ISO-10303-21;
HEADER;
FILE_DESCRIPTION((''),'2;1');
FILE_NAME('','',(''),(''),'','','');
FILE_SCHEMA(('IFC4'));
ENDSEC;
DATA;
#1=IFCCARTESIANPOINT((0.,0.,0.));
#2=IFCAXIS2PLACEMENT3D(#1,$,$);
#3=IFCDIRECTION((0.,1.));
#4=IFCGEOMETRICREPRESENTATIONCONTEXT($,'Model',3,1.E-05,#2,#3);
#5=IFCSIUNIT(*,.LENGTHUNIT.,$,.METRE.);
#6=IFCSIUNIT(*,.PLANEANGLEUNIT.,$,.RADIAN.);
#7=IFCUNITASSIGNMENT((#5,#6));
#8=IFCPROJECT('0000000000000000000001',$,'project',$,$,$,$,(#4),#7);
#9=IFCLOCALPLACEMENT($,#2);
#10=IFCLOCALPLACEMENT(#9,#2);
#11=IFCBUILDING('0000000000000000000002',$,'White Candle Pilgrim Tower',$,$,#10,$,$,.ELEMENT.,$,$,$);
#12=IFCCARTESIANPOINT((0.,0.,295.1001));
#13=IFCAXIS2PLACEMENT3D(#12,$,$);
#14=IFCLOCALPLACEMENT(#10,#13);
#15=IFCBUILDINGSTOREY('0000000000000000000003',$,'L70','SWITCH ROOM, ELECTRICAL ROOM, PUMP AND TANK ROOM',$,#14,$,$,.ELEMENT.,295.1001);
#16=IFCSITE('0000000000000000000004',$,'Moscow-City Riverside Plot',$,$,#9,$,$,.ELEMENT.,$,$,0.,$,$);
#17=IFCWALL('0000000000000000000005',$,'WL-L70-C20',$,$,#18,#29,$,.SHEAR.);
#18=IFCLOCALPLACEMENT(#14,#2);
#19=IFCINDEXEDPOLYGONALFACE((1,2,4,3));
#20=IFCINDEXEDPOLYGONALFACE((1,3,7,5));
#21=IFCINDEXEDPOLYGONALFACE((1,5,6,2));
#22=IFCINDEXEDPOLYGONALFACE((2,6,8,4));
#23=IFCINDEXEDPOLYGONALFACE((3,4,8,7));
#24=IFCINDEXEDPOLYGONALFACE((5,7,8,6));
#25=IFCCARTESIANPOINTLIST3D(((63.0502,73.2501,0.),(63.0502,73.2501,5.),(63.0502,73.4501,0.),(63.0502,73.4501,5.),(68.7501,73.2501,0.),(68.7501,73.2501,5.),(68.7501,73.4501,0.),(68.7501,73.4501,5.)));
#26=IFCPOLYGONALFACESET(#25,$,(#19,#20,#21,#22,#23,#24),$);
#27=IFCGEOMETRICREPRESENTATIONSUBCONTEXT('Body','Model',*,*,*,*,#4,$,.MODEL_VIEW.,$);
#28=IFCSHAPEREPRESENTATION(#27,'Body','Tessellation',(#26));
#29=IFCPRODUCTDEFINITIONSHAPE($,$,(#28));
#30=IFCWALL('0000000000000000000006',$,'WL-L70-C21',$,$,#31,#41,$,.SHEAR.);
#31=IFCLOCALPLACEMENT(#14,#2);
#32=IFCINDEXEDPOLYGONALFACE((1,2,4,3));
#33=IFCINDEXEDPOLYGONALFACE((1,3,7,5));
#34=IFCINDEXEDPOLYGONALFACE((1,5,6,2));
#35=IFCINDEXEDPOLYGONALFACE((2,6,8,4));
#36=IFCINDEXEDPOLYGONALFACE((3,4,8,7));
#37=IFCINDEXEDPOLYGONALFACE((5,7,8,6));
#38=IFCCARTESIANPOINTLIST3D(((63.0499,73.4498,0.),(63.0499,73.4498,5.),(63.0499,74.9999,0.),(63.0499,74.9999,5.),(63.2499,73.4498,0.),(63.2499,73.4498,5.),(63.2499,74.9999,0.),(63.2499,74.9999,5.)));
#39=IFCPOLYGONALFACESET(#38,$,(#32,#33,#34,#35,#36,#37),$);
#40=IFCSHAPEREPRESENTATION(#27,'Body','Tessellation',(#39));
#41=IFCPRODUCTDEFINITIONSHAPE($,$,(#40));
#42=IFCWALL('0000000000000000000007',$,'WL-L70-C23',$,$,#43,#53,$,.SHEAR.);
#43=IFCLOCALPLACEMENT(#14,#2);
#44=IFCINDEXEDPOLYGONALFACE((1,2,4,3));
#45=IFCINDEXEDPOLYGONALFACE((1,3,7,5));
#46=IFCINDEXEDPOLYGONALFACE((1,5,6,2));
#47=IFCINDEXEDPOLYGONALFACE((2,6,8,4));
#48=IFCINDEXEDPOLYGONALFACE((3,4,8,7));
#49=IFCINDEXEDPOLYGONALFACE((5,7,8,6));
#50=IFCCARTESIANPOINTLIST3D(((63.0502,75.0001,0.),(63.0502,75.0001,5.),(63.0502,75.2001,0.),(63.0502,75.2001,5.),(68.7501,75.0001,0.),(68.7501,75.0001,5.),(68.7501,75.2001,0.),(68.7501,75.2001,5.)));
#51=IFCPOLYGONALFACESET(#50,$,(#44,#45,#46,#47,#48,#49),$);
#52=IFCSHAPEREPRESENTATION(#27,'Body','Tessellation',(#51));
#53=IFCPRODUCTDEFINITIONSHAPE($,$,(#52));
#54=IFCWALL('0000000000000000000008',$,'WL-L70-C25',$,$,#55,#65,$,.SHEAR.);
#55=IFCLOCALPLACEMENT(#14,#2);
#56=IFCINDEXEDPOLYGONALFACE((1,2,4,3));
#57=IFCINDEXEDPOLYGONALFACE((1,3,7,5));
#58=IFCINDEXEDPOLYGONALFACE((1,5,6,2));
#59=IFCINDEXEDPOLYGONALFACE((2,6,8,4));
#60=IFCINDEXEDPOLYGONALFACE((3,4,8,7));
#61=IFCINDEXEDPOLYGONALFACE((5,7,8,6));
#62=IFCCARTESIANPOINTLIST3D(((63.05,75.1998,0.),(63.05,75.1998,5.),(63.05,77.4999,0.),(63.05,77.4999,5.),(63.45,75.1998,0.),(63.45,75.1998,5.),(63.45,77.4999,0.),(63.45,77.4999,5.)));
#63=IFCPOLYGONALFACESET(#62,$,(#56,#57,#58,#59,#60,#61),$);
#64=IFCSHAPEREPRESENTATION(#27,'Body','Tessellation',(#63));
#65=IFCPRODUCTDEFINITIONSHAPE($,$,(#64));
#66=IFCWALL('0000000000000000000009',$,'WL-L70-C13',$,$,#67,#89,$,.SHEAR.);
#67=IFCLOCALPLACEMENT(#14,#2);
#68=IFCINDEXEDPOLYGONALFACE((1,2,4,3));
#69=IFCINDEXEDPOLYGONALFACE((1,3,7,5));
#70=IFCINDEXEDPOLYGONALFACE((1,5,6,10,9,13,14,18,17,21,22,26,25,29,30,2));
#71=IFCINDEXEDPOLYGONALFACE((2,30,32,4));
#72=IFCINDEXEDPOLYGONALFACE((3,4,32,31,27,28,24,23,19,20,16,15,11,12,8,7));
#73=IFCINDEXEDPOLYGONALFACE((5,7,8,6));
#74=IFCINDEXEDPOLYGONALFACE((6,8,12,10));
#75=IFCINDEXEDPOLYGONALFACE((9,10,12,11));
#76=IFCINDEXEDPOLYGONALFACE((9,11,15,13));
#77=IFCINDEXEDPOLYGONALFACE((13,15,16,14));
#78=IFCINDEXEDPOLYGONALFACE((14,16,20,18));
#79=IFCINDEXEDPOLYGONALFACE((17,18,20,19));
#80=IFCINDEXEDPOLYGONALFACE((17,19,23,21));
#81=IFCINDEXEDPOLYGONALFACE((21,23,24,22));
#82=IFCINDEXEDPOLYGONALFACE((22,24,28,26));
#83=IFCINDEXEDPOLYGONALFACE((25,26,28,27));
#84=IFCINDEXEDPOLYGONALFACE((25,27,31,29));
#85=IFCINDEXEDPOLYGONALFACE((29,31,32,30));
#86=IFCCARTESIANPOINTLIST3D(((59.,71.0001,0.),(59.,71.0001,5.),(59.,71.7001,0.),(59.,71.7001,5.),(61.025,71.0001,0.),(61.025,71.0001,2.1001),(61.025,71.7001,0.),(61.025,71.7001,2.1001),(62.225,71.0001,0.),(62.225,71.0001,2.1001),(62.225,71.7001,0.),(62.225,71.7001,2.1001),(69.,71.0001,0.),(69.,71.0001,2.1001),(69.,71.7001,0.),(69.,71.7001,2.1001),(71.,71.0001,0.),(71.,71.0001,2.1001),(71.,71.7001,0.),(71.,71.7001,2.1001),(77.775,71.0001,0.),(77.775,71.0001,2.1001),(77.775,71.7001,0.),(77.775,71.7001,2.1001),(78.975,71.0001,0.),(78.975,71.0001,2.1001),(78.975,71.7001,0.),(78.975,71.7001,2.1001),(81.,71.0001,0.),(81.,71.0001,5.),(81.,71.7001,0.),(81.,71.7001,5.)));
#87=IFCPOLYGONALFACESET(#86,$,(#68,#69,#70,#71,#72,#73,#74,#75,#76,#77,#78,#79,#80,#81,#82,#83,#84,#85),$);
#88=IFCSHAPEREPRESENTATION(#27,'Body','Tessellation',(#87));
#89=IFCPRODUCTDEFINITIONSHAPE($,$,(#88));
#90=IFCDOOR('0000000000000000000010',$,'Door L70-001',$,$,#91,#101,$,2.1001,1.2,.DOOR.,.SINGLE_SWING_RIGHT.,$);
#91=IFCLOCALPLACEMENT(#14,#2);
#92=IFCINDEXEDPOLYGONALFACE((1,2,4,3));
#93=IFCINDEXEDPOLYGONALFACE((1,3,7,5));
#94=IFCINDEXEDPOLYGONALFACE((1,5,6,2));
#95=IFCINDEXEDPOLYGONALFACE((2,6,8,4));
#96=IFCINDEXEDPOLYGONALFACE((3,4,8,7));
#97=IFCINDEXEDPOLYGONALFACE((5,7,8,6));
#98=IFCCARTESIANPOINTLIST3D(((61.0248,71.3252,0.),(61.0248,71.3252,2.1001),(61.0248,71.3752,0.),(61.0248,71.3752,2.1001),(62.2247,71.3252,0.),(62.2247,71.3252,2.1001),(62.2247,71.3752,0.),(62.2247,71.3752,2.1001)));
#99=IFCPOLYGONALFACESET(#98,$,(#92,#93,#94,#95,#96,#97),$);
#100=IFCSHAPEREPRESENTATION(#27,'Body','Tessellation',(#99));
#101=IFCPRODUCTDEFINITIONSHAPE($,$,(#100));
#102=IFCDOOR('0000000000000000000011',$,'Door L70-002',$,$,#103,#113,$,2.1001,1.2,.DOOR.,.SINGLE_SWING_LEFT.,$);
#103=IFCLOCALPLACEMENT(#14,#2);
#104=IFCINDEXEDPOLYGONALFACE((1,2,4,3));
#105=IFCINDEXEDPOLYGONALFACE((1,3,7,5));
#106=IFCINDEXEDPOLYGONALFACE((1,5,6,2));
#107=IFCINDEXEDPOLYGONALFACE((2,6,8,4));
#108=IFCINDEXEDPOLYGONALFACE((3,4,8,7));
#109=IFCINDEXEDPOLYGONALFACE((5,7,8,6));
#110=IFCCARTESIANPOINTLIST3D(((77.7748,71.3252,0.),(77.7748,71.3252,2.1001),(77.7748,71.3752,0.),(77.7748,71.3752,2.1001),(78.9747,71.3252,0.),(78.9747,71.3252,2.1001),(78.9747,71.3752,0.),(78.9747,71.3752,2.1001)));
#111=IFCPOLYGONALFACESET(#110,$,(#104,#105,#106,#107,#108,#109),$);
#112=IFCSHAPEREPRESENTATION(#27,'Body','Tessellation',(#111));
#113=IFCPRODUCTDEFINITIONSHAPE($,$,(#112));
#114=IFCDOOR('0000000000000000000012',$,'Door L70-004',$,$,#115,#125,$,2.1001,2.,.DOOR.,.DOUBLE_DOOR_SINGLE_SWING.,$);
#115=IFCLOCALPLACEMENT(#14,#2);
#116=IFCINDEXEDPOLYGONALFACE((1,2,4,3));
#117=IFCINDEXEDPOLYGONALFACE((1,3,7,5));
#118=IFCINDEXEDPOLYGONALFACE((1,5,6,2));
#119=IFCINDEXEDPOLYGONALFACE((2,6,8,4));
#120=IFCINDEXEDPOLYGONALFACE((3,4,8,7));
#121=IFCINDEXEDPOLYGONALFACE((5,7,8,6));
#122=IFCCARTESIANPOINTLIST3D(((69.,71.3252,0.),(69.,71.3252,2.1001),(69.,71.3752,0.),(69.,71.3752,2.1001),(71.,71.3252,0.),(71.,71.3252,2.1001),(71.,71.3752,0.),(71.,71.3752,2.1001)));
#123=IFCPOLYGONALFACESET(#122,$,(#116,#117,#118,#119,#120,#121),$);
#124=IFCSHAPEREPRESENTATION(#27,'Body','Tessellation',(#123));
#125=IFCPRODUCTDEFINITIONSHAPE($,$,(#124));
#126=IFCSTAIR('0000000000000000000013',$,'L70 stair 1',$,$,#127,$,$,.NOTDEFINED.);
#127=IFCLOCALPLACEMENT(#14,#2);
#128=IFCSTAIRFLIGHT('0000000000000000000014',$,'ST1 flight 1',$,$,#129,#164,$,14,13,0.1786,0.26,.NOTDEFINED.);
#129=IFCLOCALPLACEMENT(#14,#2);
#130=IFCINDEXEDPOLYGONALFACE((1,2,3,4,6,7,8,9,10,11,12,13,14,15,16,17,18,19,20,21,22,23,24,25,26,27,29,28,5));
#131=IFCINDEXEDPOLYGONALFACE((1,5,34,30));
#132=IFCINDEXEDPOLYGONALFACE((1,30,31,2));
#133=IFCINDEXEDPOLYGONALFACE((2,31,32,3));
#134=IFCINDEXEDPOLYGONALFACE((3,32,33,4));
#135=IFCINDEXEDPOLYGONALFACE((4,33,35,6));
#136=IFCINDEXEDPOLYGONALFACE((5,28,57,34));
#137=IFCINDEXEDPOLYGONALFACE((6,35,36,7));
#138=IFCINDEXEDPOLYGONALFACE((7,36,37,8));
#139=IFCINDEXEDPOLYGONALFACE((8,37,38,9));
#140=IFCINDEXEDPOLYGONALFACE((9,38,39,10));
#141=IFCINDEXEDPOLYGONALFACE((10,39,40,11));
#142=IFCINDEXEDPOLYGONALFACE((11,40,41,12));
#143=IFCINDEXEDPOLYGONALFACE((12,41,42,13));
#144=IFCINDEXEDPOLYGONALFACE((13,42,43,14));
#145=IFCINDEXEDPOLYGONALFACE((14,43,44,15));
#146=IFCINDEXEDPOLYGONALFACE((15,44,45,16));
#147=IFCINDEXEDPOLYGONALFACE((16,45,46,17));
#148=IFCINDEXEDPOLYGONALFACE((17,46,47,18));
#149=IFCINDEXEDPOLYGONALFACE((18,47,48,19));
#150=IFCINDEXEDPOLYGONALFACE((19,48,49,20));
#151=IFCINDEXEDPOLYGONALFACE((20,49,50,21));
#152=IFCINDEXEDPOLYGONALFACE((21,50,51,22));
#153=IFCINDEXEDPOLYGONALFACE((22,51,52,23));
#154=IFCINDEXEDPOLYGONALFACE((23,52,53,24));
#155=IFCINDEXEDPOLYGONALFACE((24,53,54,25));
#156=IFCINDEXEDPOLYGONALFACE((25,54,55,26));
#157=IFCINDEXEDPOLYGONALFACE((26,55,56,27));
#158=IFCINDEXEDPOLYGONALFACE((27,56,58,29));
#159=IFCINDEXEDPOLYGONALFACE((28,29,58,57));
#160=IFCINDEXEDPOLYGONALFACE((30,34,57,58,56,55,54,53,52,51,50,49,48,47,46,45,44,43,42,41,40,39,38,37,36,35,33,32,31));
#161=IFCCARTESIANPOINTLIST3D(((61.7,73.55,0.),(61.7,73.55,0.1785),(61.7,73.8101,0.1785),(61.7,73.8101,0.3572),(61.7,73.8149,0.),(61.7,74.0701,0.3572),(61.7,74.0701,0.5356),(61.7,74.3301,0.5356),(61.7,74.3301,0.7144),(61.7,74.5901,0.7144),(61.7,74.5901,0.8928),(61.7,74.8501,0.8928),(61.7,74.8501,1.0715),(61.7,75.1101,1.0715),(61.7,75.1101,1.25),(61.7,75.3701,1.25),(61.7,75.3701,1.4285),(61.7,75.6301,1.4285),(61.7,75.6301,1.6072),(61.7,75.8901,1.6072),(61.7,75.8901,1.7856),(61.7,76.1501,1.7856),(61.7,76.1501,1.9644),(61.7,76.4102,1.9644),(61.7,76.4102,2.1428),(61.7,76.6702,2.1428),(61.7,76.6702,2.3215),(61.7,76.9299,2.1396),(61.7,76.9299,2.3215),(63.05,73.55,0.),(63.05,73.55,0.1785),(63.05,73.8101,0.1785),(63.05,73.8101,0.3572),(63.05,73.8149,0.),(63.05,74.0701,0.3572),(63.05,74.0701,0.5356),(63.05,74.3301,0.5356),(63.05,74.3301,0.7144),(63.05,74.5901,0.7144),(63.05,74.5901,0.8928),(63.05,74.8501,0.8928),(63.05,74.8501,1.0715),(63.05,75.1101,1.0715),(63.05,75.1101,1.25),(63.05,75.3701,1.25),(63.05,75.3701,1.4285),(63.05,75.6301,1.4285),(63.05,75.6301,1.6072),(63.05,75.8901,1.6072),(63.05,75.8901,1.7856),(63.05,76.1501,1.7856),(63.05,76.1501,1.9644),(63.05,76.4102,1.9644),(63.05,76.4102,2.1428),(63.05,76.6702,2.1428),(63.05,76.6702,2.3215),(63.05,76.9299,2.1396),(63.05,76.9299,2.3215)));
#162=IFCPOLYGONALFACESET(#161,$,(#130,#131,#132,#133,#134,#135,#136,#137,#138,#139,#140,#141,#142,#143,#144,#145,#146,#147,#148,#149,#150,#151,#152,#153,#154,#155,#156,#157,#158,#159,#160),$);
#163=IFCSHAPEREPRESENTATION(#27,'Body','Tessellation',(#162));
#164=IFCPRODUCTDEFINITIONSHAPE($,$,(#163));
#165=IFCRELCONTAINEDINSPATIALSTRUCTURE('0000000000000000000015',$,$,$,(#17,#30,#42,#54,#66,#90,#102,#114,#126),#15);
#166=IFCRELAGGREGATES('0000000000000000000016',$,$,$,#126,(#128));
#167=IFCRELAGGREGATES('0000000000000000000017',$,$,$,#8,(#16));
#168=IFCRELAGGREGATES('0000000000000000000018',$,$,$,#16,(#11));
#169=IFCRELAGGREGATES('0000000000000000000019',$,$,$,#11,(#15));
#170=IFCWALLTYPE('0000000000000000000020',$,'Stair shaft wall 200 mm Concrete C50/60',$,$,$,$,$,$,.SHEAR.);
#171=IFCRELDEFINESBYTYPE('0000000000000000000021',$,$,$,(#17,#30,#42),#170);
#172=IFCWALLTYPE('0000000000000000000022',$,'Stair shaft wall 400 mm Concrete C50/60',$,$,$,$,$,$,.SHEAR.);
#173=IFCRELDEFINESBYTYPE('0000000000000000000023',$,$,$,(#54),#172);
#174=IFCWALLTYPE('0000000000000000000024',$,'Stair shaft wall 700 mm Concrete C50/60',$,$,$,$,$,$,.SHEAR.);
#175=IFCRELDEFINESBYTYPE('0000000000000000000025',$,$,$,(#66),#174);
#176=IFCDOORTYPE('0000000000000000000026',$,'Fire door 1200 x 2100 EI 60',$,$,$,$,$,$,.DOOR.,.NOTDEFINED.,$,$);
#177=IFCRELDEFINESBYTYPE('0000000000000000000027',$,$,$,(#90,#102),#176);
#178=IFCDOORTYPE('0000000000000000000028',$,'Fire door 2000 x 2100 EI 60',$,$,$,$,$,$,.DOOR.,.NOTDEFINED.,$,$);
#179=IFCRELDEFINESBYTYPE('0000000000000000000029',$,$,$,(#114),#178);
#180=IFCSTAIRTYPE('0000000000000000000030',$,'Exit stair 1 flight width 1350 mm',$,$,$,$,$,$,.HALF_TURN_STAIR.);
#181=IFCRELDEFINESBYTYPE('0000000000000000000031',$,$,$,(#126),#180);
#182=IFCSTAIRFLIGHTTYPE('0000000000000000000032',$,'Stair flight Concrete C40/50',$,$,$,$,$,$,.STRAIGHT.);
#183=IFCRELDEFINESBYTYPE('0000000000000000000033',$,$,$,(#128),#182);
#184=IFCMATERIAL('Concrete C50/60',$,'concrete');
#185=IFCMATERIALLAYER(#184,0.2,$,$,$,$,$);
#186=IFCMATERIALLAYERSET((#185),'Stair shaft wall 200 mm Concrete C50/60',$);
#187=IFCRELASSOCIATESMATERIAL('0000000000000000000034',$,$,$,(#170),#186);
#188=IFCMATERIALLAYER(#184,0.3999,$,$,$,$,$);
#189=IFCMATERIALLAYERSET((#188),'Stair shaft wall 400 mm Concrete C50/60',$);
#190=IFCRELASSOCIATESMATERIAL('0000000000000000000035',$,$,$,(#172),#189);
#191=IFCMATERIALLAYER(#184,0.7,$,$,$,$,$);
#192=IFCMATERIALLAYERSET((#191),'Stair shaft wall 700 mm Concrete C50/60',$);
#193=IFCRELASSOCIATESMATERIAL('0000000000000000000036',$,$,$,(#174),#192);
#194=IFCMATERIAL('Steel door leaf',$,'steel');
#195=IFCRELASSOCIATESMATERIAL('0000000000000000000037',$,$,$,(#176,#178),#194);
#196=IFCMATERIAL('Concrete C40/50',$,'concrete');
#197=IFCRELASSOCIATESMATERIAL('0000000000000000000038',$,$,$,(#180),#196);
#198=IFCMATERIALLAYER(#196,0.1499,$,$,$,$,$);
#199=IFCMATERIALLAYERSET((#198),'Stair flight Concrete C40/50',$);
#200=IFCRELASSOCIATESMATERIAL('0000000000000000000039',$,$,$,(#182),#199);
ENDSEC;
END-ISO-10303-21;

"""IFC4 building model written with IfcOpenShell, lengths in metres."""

from ifc_helpers import new_model, si_unit, direction, frame, frame_2d, origin, place, context, subcontext, project, spatial, polyline, rectangle, outline, extrude, material, layer, layer_set, type_object, element, fill, aggregate, save


model = new_model("IFC4")

# Units and contexts
model_context = context("Model", 3, precision=1e-05, world=origin(), true_north=direction((0.0, 1.0)))
body_context = subcontext(model_context, "Body", "Model", "MODEL_VIEW")
ifc_project = project(units=[si_unit("LENGTHUNIT", "METRE"), si_unit("PLANEANGLEUNIT", "RADIAN")], contexts=[model_context])

# Site, building, storey
site_placement = place(None, origin())
site = spatial("IfcSite", under=ifc_project, at=site_placement, Name="Moscow-City Riverside Plot", CompositionType="ELEMENT", RefElevation=0.0)
building_placement = place(site_placement, origin())
building = spatial("IfcBuilding", under=site, at=building_placement, Name="White Candle Pilgrim Tower", CompositionType="ELEMENT")
storey_placement = place(building_placement, frame((0.0, 0.0, 295.1001)))
storey = spatial("IfcBuildingStorey", under=building, at=storey_placement, Name="L70", Description="SWITCH ROOM, ELECTRICAL ROOM, PUMP AND TANK ROOM", CompositionType="ELEMENT", Elevation=295.1001)

# Shared definitions
ifc_material_1 = material(Name="Steel door leaf", Category="steel")

# Walls
ifc_material_2 = material(Name="Concrete C50/60", Category="concrete")
ifc_layer_1 = layer(ifc_material_2, 0.2)
ifc_layer_set_1 = layer_set([ifc_layer_1], Name="Stair shaft wall 200 mm Concrete C50/60")
wall_type_1 = type_object("IfcWallType", Name="Stair shaft wall 200 mm Concrete C50/60", PredefinedType="SHEAR", material=ifc_layer_set_1)
wall_1_placement = place(storey_placement, frame((63.05, 73.3501, 0.0), z_axis=(0.0, 0.0, 1.0), x_axis=(1.0, 0.0, 0.0)))
element("IfcWall", 1, at=wall_1_placement, inside=storey, type_object=wall_type_1, Name="WL-L70-C20", PredefinedType="SHEAR", context=body_context, shape_type="SweptSolid", body=[
    extrude(rectangle(XDim=5.7, YDim=0.2, at=frame_2d((2.8501, 0.0))), origin(), (0.0, 0.0, 1.0), 5.0),
])
wall_2_placement = place(storey_placement, frame((63.1499, 73.45, 0.0), z_axis=(0.0, 0.0, 1.0), x_axis=(0.0, 1.0, 0.0)))
element("IfcWall", 2, at=wall_2_placement, inside=storey, type_object=wall_type_1, Name="WL-L70-C21", PredefinedType="SHEAR", context=body_context, shape_type="SweptSolid", body=[
    extrude(rectangle(XDim=1.55, YDim=0.2, at=frame_2d((0.7749, 0.0))), origin(), (0.0, 0.0, 1.0), 5.0),
])
wall_3_placement = place(storey_placement, frame((63.05, 75.1001, 0.0), z_axis=(0.0, 0.0, 1.0), x_axis=(1.0, 0.0, 0.0)))
element("IfcWall", 3, at=wall_3_placement, inside=storey, type_object=wall_type_1, Name="WL-L70-C23", PredefinedType="SHEAR", context=body_context, shape_type="SweptSolid", body=[
    extrude(rectangle(XDim=5.7, YDim=0.2, at=frame_2d((2.8501, 0.0))), origin(), (0.0, 0.0, 1.0), 5.0),
])
ifc_layer_2 = layer(ifc_material_2, 0.3999)
ifc_layer_set_2 = layer_set([ifc_layer_2], Name="Stair shaft wall 400 mm Concrete C50/60")
wall_type_2 = type_object("IfcWallType", Name="Stair shaft wall 400 mm Concrete C50/60", PredefinedType="SHEAR", material=ifc_layer_set_2)
wall_4_placement = place(storey_placement, frame((63.25, 75.2, 0.0), z_axis=(0.0, 0.0, 1.0), x_axis=(0.0, 1.0, 0.0)))
element("IfcWall", 4, at=wall_4_placement, inside=storey, type_object=wall_type_2, Name="WL-L70-C25", PredefinedType="SHEAR", context=body_context, shape_type="SweptSolid", body=[
    extrude(rectangle(XDim=2.3, YDim=0.3999, at=frame_2d((1.1499, 0.0))), origin(), (0.0, 0.0, 1.0), 5.0),
])

# Wall, openings, doors
ifc_layer_3 = layer(ifc_material_2, 0.7)
ifc_layer_set_3 = layer_set([ifc_layer_3], Name="Stair shaft wall 700 mm Concrete C50/60")
wall_type_3 = type_object("IfcWallType", Name="Stair shaft wall 700 mm Concrete C50/60", PredefinedType="SHEAR", material=ifc_layer_set_3)
wall_5_placement = place(storey_placement, frame((59.0, 71.3501, 0.0), z_axis=(0.0, 0.0, 1.0), x_axis=(1.0, 0.0, 0.0)))
wall_5 = element("IfcWall", 5, at=wall_5_placement, inside=storey, type_object=wall_type_3, Name="WL-L70-C13", PredefinedType="SHEAR", context=body_context, shape_type="SweptSolid", body=[
    extrude(rectangle(XDim=22.0, YDim=0.7, at=frame_2d((11.0, 0.0))), origin(), (0.0, 0.0, 1.0), 5.0),
])
opening_1_placement = place(wall_5_placement, frame((2.0249, 0.0, 0.0)))
opening_1 = element("IfcOpeningElement", 6, at=opening_1_placement, cuts=wall_5, PredefinedType="OPENING", context=body_context, shape_type="SweptSolid", body=[
    extrude(rectangle(XDim=1.2, YDim=2.1001, at=frame_2d((0.6001, 1.05))), frame((0.0, 0.3599, 0.0), z_axis=(0.0, -1.0, 0.0), x_axis=(1.0, 0.0, 0.0)), (0.0, 0.0, 1.0), 0.72),
])
opening_2_placement = place(wall_5_placement, frame((18.7749, 0.0, 0.0)))
opening_2 = element("IfcOpeningElement", 7, at=opening_2_placement, cuts=wall_5, PredefinedType="OPENING", context=body_context, shape_type="SweptSolid", body=[
    extrude(rectangle(XDim=1.2, YDim=2.1001, at=frame_2d((0.6001, 1.05))), frame((0.0, 0.3599, 0.0), z_axis=(0.0, -1.0, 0.0), x_axis=(1.0, 0.0, 0.0)), (0.0, 0.0, 1.0), 0.72),
])
opening_3_placement = place(wall_5_placement, frame((10.0, 0.0, 0.0)))
opening_3 = element("IfcOpeningElement", 8, at=opening_3_placement, cuts=wall_5, PredefinedType="OPENING", context=body_context, shape_type="SweptSolid", body=[
    extrude(rectangle(XDim=2.0, YDim=2.1001, at=frame_2d((1.0, 1.05))), frame((0.0, 0.3599, 0.0), z_axis=(0.0, -1.0, 0.0), x_axis=(1.0, 0.0, 0.0)), (0.0, 0.0, 1.0), 0.72),
])
door_type_1 = type_object("IfcDoorType", Name="Fire door 1200 x 2100 EI 60", OperationType="NOTDEFINED", PredefinedType="DOOR", material=ifc_material_1)
door_1_placement = place(opening_1_placement, frame((1.2, 0.0, 0.0), z_axis=(0.0, 0.0, 1.0), x_axis=(-1.0, 0.0, 0.0)))
door_1 = element("IfcDoor", 9, at=door_1_placement, inside=storey, type_object=door_type_1, Name="Door L70-001", OperationType="SINGLE_SWING_RIGHT", OverallHeight=2.1001, OverallWidth=1.2, PredefinedType="DOOR", context=body_context, shape_type="SweptSolid", body=[
    extrude(rectangle(XDim=1.2, YDim=2.1001, at=frame_2d((0.6001, 1.05))), frame((0.0, 0.0249, 0.0), z_axis=(0.0, -1.0, 0.0), x_axis=(1.0, 0.0, 0.0)), (0.0, 0.0, 1.0), 0.05),
])
fill(opening_1, door_1)
door_2_placement = place(opening_2_placement, frame((1.2, 0.0, 0.0), z_axis=(0.0, 0.0, 1.0), x_axis=(-1.0, 0.0, 0.0)))
door_2 = element("IfcDoor", 10, at=door_2_placement, inside=storey, type_object=door_type_1, Name="Door L70-002", OperationType="SINGLE_SWING_LEFT", OverallHeight=2.1001, OverallWidth=1.2, PredefinedType="DOOR", context=body_context, shape_type="SweptSolid", body=[
    extrude(rectangle(XDim=1.2, YDim=2.1001, at=frame_2d((0.6001, 1.05))), frame((0.0, 0.0249, 0.0), z_axis=(0.0, -1.0, 0.0), x_axis=(1.0, 0.0, 0.0)), (0.0, 0.0, 1.0), 0.05),
])
fill(opening_2, door_2)
door_type_2 = type_object("IfcDoorType", Name="Fire door 2000 x 2100 EI 60", OperationType="NOTDEFINED", PredefinedType="DOOR", material=ifc_material_1)
door_3_placement = place(opening_3_placement, frame((2.0, 0.0, 0.0), z_axis=(0.0, 0.0, 1.0), x_axis=(-1.0, 0.0, 0.0)))
door_3 = element("IfcDoor", 11, at=door_3_placement, inside=storey, type_object=door_type_2, Name="Door L70-004", OperationType="DOUBLE_DOOR_SINGLE_SWING", OverallHeight=2.1001, OverallWidth=2.0, PredefinedType="DOOR", context=body_context, shape_type="SweptSolid", body=[
    extrude(rectangle(XDim=2.0, YDim=2.1001, at=frame_2d((1.0, 1.05))), frame((0.0, 0.0249, 0.0), z_axis=(0.0, -1.0, 0.0), x_axis=(1.0, 0.0, 0.0)), (0.0, 0.0, 1.0), 0.05),
])
fill(opening_3, door_3)

# Stair, stair flight
ifc_material_3 = material(Name="Concrete C40/50", Category="concrete")
stair_type = type_object("IfcStairType", Name="Exit stair 1 flight width 1350 mm", PredefinedType="HALF_TURN_STAIR", material=ifc_material_3)
stair_placement = place(storey_placement, origin())
stair = element("IfcStair", 12, at=stair_placement, inside=storey, type_object=stair_type, Name="L70 stair 1", PredefinedType="NOTDEFINED")
ifc_layer_4 = layer(ifc_material_3, 0.1499)
ifc_layer_set_4 = layer_set([ifc_layer_4], Name="Stair flight Concrete C40/50")
stair_flight_type = type_object("IfcStairFlightType", Name="Stair flight Concrete C40/50", PredefinedType="STRAIGHT", material=ifc_layer_set_4)
stair_flight_placement = place(storey_placement, frame((62.375, 73.55, 0.0), z_axis=(0.0, 0.0, 1.0), x_axis=(0.0, 1.0, 0.0)))
stair_flight = element("IfcStairFlight", 13, at=stair_flight_placement, type_object=stair_flight_type, Name="ST1 flight 1", NumberOfRisers=14, NumberOfTreads=13, PredefinedType="NOTDEFINED", RiserHeight=0.1786, TreadLength=0.26, context=body_context, shape_type="SweptSolid", body=[
    extrude(outline(polyline([(0.0, 0.0), (0.0, 0.1785), (0.26, 0.1785), (0.26, 0.3572), (0.52, 0.3572), (0.52, 0.5356), (0.78, 0.5356), (0.78, 0.7144), (1.04, 0.7144), (1.04, 0.8928), (1.3, 0.8928), (1.3, 1.0715), (1.5601, 1.0715), (1.5601, 1.25), (1.8201, 1.25), (1.8201, 1.4285), (2.0801, 1.4285), (2.0801, 1.6072), (2.3401, 1.6072), (2.3401, 1.7856), (2.6001, 1.7856), (2.6001, 1.9644), (2.8601, 1.9644), (2.8601, 2.1428), (3.1201, 2.1428), (3.1201, 2.3215), (3.3799, 2.3215), (3.3799, 2.5), (3.3799, 2.1396), (0.2649, 0.0), (0.0, 0.0)])), frame((0.0, 0.675, 0.0), z_axis=(0.0, -1.0, 0.0), x_axis=(1.0, 0.0, 0.0)), (0.0, 0.0, 1.0), 1.3501),
])
aggregate(stair, [stair_flight])

save(model, "model.ifc")
